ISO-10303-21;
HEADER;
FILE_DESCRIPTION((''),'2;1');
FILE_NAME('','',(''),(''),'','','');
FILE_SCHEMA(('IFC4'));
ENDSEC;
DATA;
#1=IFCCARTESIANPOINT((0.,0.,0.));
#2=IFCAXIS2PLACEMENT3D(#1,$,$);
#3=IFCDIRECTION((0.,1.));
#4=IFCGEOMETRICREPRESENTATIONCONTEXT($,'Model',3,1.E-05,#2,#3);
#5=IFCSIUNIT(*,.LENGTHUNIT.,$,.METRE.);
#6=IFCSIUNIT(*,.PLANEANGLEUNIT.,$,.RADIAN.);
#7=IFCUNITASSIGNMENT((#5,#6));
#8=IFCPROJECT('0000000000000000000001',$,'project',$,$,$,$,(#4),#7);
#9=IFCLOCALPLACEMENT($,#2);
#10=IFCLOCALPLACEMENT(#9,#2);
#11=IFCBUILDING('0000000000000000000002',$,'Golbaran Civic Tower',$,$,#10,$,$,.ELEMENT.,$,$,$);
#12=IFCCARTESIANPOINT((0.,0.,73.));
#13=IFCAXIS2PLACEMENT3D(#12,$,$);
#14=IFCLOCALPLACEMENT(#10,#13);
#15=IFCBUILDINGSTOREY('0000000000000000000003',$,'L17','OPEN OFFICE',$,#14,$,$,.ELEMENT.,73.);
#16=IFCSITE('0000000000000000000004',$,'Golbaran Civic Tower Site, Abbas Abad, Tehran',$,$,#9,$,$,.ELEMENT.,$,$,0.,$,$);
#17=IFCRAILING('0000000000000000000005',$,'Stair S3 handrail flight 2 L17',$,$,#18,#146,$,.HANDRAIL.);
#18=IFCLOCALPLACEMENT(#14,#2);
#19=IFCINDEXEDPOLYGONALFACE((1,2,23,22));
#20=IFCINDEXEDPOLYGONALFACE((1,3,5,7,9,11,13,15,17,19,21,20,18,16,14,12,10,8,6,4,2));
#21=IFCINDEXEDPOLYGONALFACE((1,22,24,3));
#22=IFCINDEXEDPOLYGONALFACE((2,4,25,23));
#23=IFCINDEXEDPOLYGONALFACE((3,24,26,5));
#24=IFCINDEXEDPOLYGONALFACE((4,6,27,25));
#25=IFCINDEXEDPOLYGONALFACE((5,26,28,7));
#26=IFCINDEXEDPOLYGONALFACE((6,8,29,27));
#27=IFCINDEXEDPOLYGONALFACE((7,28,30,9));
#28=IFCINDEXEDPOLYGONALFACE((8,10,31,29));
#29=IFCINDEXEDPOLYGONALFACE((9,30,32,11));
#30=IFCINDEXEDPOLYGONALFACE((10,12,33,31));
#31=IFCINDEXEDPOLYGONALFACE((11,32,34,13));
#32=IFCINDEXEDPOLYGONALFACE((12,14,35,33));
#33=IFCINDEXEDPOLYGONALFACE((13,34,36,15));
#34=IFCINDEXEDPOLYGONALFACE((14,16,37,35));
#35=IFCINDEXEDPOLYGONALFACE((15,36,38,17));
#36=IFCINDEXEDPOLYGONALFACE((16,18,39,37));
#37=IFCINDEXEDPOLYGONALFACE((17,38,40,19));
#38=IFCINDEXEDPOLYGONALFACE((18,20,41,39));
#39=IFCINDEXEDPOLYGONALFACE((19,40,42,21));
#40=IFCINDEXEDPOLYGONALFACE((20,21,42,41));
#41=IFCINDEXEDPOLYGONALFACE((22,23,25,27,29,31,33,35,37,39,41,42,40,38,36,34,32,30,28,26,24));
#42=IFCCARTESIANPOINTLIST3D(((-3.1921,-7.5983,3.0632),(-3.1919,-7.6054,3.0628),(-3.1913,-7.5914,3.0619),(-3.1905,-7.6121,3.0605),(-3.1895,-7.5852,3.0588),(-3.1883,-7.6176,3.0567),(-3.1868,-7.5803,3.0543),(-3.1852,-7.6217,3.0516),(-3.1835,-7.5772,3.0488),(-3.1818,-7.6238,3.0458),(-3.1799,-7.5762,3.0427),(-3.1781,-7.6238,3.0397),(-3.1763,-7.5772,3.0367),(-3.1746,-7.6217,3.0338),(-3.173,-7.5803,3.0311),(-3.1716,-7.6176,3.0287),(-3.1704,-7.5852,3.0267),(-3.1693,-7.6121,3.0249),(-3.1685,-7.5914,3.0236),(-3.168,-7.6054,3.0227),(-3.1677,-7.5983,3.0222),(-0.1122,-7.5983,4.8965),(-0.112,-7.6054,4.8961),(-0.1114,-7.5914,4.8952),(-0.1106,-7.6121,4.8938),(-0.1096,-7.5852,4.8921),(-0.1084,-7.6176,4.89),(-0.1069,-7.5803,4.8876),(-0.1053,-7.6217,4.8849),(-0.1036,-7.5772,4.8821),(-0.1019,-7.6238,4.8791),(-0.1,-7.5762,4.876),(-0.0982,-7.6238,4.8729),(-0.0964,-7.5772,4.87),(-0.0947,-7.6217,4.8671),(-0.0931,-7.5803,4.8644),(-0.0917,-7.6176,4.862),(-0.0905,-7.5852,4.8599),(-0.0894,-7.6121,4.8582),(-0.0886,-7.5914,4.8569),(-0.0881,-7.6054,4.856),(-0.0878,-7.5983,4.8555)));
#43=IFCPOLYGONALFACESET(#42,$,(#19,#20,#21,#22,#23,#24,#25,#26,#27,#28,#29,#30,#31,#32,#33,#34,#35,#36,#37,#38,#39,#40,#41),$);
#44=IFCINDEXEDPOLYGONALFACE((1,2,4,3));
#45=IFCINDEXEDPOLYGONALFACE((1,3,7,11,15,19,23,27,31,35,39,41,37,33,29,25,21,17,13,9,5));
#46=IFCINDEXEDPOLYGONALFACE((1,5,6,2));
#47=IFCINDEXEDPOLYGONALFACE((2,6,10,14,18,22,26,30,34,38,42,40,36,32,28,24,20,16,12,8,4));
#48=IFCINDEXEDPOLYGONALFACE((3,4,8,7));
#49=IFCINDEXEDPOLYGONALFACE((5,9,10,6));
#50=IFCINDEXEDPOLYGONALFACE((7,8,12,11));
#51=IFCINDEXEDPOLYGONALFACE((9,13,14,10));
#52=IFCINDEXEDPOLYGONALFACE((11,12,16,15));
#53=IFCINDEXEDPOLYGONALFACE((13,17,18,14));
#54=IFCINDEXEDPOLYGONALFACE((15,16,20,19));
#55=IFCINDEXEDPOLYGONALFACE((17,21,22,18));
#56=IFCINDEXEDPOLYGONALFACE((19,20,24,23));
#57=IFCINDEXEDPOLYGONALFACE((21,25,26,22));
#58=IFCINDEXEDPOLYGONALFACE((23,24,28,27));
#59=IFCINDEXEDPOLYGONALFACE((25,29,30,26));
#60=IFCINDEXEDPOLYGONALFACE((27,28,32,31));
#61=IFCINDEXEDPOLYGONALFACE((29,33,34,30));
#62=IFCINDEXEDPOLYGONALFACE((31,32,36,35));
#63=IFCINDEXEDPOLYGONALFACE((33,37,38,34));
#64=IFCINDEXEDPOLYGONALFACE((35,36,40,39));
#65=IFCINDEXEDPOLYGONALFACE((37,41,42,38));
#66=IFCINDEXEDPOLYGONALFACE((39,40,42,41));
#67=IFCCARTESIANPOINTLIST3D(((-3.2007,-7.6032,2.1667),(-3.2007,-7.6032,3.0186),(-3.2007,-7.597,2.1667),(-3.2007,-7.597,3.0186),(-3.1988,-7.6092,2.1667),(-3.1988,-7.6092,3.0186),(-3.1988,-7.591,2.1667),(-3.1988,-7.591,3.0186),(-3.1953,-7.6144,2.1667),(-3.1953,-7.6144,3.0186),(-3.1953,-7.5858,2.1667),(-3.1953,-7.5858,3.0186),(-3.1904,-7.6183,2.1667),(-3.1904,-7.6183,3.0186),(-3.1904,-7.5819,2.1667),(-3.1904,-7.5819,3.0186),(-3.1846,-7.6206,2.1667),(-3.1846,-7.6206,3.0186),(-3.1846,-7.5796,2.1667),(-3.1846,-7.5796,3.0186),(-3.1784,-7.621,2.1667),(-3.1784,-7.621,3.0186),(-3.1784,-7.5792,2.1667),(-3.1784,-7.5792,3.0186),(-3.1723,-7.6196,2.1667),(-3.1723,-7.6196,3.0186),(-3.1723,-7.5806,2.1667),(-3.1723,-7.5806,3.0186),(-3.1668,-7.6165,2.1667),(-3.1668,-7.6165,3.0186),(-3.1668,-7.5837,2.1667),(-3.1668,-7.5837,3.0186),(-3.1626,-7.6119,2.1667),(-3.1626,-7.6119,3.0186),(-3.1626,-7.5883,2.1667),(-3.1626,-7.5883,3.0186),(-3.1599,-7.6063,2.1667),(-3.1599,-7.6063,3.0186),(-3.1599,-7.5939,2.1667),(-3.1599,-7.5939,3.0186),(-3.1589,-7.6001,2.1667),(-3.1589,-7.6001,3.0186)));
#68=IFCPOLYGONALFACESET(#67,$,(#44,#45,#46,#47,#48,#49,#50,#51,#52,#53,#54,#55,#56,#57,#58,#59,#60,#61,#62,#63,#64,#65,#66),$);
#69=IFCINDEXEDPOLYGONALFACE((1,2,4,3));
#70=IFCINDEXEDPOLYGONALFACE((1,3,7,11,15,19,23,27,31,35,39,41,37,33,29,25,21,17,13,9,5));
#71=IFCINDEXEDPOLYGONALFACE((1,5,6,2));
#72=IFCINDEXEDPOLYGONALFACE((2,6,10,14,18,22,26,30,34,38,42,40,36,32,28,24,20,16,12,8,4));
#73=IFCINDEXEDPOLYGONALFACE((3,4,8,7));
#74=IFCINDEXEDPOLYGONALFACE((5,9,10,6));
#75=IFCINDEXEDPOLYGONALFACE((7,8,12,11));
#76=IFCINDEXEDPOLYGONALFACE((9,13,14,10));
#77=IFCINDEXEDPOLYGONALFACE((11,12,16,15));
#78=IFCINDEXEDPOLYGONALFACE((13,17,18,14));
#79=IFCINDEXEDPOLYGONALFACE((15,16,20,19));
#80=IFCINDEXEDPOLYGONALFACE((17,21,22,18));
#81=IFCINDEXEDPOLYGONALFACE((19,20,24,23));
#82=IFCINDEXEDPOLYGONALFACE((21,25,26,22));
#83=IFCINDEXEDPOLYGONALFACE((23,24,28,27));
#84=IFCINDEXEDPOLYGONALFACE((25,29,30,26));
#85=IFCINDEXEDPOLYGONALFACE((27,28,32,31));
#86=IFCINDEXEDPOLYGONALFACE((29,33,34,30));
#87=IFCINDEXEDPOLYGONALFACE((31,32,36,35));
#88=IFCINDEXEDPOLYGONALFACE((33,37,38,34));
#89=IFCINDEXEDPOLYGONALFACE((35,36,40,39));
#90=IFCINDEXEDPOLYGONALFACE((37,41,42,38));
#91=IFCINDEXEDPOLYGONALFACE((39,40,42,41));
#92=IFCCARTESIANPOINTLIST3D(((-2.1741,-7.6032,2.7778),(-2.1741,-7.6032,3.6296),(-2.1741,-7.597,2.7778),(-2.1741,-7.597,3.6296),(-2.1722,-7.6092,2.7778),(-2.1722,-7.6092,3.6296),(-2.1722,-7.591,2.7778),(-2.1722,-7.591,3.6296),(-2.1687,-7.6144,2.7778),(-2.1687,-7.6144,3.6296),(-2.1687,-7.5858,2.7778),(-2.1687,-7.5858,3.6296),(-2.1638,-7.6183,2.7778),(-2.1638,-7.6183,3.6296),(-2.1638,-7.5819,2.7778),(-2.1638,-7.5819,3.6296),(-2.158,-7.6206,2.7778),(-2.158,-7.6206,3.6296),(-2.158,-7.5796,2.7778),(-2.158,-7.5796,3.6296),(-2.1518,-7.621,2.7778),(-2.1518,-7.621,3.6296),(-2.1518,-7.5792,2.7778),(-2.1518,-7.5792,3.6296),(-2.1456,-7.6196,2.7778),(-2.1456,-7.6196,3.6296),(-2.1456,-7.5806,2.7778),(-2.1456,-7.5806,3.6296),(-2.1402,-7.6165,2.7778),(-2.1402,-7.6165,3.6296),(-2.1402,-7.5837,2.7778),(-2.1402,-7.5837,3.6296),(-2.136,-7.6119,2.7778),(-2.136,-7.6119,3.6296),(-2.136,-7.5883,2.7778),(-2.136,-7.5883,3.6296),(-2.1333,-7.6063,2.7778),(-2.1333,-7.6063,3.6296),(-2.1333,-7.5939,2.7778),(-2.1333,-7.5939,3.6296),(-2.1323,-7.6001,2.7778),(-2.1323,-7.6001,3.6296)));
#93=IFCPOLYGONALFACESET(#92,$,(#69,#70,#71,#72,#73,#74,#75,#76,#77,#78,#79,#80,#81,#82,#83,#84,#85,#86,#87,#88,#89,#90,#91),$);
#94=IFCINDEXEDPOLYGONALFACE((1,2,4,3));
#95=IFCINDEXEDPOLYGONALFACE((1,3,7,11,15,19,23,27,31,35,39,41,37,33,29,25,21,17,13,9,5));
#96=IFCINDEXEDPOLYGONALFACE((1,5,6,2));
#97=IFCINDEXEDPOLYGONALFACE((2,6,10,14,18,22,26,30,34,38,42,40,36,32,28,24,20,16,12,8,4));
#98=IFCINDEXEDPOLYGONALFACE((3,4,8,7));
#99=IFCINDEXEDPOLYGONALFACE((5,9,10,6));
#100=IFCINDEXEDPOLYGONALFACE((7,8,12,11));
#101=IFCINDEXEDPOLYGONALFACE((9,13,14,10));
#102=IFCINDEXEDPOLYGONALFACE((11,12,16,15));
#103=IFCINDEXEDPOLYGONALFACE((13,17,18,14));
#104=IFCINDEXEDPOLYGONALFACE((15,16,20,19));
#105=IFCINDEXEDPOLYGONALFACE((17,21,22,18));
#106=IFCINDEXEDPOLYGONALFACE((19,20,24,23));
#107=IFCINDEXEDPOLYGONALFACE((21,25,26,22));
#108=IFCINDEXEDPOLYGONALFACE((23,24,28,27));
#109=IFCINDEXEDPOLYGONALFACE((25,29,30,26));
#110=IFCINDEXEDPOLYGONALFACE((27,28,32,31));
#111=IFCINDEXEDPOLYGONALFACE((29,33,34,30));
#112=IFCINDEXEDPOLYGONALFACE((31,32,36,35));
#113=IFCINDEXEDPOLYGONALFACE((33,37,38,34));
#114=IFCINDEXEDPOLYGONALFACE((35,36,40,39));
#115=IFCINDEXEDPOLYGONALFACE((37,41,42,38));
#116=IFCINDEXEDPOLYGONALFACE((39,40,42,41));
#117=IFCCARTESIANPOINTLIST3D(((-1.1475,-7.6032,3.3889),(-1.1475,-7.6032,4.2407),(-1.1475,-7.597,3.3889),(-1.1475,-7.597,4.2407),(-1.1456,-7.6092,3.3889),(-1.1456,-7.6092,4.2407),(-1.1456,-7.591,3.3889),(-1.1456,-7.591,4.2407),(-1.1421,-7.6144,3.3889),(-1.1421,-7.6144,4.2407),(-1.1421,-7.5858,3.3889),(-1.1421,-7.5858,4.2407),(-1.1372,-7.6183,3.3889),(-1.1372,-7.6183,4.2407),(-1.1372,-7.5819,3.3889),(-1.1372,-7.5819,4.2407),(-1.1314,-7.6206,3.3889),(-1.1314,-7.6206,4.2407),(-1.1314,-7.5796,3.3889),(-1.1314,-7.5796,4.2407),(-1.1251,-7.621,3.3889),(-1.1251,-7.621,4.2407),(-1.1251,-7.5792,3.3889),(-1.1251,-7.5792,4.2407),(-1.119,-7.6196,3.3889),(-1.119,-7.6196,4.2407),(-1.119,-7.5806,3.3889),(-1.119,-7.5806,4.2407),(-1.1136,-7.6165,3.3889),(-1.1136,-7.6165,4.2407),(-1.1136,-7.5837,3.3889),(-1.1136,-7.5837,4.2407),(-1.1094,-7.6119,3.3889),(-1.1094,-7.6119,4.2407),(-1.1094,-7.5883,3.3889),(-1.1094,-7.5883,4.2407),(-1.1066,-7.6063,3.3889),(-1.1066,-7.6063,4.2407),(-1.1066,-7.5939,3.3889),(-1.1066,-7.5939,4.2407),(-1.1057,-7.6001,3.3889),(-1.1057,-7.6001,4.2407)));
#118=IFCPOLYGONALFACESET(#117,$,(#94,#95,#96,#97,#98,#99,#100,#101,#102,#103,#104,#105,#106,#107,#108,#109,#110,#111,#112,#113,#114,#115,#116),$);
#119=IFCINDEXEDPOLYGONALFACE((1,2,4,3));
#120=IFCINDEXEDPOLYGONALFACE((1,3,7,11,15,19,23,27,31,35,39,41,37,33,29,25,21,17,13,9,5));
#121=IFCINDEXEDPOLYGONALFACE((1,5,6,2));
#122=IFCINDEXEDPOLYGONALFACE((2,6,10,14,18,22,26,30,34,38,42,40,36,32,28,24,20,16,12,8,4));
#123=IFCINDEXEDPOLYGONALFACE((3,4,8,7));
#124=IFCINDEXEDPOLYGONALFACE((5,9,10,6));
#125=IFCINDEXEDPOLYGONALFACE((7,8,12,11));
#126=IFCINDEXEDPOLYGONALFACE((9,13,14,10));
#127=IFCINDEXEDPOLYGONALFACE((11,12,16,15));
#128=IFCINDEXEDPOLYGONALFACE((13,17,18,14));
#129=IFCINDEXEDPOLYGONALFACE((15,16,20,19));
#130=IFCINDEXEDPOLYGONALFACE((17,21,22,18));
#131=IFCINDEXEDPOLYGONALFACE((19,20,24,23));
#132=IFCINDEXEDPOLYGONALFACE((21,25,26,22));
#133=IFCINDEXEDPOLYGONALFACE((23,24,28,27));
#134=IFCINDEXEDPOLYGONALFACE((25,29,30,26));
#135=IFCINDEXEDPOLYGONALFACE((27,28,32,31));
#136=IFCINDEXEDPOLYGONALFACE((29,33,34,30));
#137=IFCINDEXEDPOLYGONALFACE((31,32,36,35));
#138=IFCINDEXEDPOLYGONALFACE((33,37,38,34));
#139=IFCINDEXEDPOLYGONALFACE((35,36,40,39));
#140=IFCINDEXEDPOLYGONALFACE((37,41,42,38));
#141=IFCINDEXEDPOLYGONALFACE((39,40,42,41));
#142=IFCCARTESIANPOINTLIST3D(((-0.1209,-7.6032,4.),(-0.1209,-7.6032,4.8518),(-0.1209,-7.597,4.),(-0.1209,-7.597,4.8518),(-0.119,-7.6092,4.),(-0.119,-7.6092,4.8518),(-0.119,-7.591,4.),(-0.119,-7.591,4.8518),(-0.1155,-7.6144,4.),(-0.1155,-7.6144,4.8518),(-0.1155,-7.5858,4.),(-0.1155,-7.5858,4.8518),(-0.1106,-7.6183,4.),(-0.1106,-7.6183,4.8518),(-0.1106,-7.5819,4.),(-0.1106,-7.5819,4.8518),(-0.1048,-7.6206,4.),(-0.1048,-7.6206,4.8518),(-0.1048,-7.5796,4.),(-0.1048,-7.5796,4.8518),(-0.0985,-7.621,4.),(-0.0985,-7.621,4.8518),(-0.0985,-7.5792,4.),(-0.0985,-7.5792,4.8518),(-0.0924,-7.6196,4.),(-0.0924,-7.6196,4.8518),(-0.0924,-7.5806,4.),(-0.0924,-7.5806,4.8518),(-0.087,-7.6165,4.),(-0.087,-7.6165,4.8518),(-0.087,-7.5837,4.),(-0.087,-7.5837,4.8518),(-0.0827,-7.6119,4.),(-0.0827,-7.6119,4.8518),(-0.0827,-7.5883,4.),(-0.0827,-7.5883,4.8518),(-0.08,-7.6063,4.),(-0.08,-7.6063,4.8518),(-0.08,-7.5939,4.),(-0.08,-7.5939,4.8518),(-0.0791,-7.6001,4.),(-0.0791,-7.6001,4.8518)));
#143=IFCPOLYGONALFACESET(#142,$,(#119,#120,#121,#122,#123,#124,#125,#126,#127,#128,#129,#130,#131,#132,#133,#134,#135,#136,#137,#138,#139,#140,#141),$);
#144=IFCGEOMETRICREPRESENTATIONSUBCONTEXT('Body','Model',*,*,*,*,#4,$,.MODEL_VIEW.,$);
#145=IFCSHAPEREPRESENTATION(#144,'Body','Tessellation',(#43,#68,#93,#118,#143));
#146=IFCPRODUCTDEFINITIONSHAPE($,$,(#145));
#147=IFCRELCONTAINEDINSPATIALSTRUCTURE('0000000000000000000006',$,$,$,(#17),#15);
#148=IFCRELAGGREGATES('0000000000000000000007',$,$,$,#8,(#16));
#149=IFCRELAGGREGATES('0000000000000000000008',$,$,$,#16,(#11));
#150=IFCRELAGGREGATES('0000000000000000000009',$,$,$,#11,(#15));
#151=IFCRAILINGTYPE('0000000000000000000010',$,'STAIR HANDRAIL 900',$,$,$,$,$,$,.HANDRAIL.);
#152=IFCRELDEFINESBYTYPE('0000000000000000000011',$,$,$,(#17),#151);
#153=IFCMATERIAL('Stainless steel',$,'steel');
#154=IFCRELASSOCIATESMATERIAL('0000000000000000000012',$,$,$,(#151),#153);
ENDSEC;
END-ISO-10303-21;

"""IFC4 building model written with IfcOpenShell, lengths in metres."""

from ifc_helpers import new_model, si_unit, direction, frame, origin, origin_2d, place, context, subcontext, project, spatial, circle, extrude, material, type_object, element, save


model = new_model("IFC4")

# Units and contexts
model_context = context("Model", 3, precision=1e-05, world=origin(), true_north=direction((0.0, 1.0)))
body_context = subcontext(model_context, "Body", "Model", "MODEL_VIEW")
ifc_project = project(units=[si_unit("LENGTHUNIT", "METRE"), si_unit("PLANEANGLEUNIT", "RADIAN")], contexts=[model_context])

# Site, building, storey
site_placement = place(None, origin())
site = spatial("IfcSite", under=ifc_project, at=site_placement, Name="Golbaran Civic Tower Site, Abbas Abad, Tehran", CompositionType="ELEMENT", RefElevation=0.0)
building_placement = place(site_placement, origin())
building = spatial("IfcBuilding", under=site, at=building_placement, Name="Golbaran Civic Tower", CompositionType="ELEMENT")
storey_placement = place(building_placement, frame((0.0, 0.0, 73.0)))
storey = spatial("IfcBuildingStorey", under=building, at=storey_placement, Name="L17", Description="OPEN OFFICE", CompositionType="ELEMENT", Elevation=73.0)

# Shared definitions
ifc_material_1 = material(Name="Stainless steel", Category="steel")

# Railing
railing_type = type_object("IfcRailingType", Name="STAIR HANDRAIL 900", PredefinedType="HANDRAIL", material=ifc_material_1)
railing_1_placement = place(storey_placement, frame((-3.1799, -7.6001, 2.1667)))
element("IfcRailing", 1, at=railing_1_placement, inside=storey, type_object=railing_type, Name="Stair S3 handrail flight 2 L17", PredefinedType="HANDRAIL", context=body_context, shape_type="SweptSolid", body=[
    extrude(circle(Radius=0.0239, at=origin_2d()), frame((0.0, 0.0, 0.876), z_axis=(0.859291, 0.0, 0.511487), x_axis=(0.0, 1.0, 0.0)), (0.0, 0.0, 1.0), 3.5842),
    extrude(circle(Radius=0.021, at=origin_2d()), origin(), (0.0, 0.0, 1.0), 0.8518),
    extrude(circle(Radius=0.021, at=origin_2d()), frame((1.0266, 0.0, 0.6111)), (0.0, 0.0, 1.0), 0.8518),
    extrude(circle(Radius=0.021, at=origin_2d()), frame((2.0532, 0.0, 1.2222)), (0.0, 0.0, 1.0), 0.8518),
    extrude(circle(Radius=0.021, at=origin_2d()), frame((3.0798, 0.0, 1.8333)), (0.0, 0.0, 1.0), 0.8518),
])

save(model, "model.ifc")
